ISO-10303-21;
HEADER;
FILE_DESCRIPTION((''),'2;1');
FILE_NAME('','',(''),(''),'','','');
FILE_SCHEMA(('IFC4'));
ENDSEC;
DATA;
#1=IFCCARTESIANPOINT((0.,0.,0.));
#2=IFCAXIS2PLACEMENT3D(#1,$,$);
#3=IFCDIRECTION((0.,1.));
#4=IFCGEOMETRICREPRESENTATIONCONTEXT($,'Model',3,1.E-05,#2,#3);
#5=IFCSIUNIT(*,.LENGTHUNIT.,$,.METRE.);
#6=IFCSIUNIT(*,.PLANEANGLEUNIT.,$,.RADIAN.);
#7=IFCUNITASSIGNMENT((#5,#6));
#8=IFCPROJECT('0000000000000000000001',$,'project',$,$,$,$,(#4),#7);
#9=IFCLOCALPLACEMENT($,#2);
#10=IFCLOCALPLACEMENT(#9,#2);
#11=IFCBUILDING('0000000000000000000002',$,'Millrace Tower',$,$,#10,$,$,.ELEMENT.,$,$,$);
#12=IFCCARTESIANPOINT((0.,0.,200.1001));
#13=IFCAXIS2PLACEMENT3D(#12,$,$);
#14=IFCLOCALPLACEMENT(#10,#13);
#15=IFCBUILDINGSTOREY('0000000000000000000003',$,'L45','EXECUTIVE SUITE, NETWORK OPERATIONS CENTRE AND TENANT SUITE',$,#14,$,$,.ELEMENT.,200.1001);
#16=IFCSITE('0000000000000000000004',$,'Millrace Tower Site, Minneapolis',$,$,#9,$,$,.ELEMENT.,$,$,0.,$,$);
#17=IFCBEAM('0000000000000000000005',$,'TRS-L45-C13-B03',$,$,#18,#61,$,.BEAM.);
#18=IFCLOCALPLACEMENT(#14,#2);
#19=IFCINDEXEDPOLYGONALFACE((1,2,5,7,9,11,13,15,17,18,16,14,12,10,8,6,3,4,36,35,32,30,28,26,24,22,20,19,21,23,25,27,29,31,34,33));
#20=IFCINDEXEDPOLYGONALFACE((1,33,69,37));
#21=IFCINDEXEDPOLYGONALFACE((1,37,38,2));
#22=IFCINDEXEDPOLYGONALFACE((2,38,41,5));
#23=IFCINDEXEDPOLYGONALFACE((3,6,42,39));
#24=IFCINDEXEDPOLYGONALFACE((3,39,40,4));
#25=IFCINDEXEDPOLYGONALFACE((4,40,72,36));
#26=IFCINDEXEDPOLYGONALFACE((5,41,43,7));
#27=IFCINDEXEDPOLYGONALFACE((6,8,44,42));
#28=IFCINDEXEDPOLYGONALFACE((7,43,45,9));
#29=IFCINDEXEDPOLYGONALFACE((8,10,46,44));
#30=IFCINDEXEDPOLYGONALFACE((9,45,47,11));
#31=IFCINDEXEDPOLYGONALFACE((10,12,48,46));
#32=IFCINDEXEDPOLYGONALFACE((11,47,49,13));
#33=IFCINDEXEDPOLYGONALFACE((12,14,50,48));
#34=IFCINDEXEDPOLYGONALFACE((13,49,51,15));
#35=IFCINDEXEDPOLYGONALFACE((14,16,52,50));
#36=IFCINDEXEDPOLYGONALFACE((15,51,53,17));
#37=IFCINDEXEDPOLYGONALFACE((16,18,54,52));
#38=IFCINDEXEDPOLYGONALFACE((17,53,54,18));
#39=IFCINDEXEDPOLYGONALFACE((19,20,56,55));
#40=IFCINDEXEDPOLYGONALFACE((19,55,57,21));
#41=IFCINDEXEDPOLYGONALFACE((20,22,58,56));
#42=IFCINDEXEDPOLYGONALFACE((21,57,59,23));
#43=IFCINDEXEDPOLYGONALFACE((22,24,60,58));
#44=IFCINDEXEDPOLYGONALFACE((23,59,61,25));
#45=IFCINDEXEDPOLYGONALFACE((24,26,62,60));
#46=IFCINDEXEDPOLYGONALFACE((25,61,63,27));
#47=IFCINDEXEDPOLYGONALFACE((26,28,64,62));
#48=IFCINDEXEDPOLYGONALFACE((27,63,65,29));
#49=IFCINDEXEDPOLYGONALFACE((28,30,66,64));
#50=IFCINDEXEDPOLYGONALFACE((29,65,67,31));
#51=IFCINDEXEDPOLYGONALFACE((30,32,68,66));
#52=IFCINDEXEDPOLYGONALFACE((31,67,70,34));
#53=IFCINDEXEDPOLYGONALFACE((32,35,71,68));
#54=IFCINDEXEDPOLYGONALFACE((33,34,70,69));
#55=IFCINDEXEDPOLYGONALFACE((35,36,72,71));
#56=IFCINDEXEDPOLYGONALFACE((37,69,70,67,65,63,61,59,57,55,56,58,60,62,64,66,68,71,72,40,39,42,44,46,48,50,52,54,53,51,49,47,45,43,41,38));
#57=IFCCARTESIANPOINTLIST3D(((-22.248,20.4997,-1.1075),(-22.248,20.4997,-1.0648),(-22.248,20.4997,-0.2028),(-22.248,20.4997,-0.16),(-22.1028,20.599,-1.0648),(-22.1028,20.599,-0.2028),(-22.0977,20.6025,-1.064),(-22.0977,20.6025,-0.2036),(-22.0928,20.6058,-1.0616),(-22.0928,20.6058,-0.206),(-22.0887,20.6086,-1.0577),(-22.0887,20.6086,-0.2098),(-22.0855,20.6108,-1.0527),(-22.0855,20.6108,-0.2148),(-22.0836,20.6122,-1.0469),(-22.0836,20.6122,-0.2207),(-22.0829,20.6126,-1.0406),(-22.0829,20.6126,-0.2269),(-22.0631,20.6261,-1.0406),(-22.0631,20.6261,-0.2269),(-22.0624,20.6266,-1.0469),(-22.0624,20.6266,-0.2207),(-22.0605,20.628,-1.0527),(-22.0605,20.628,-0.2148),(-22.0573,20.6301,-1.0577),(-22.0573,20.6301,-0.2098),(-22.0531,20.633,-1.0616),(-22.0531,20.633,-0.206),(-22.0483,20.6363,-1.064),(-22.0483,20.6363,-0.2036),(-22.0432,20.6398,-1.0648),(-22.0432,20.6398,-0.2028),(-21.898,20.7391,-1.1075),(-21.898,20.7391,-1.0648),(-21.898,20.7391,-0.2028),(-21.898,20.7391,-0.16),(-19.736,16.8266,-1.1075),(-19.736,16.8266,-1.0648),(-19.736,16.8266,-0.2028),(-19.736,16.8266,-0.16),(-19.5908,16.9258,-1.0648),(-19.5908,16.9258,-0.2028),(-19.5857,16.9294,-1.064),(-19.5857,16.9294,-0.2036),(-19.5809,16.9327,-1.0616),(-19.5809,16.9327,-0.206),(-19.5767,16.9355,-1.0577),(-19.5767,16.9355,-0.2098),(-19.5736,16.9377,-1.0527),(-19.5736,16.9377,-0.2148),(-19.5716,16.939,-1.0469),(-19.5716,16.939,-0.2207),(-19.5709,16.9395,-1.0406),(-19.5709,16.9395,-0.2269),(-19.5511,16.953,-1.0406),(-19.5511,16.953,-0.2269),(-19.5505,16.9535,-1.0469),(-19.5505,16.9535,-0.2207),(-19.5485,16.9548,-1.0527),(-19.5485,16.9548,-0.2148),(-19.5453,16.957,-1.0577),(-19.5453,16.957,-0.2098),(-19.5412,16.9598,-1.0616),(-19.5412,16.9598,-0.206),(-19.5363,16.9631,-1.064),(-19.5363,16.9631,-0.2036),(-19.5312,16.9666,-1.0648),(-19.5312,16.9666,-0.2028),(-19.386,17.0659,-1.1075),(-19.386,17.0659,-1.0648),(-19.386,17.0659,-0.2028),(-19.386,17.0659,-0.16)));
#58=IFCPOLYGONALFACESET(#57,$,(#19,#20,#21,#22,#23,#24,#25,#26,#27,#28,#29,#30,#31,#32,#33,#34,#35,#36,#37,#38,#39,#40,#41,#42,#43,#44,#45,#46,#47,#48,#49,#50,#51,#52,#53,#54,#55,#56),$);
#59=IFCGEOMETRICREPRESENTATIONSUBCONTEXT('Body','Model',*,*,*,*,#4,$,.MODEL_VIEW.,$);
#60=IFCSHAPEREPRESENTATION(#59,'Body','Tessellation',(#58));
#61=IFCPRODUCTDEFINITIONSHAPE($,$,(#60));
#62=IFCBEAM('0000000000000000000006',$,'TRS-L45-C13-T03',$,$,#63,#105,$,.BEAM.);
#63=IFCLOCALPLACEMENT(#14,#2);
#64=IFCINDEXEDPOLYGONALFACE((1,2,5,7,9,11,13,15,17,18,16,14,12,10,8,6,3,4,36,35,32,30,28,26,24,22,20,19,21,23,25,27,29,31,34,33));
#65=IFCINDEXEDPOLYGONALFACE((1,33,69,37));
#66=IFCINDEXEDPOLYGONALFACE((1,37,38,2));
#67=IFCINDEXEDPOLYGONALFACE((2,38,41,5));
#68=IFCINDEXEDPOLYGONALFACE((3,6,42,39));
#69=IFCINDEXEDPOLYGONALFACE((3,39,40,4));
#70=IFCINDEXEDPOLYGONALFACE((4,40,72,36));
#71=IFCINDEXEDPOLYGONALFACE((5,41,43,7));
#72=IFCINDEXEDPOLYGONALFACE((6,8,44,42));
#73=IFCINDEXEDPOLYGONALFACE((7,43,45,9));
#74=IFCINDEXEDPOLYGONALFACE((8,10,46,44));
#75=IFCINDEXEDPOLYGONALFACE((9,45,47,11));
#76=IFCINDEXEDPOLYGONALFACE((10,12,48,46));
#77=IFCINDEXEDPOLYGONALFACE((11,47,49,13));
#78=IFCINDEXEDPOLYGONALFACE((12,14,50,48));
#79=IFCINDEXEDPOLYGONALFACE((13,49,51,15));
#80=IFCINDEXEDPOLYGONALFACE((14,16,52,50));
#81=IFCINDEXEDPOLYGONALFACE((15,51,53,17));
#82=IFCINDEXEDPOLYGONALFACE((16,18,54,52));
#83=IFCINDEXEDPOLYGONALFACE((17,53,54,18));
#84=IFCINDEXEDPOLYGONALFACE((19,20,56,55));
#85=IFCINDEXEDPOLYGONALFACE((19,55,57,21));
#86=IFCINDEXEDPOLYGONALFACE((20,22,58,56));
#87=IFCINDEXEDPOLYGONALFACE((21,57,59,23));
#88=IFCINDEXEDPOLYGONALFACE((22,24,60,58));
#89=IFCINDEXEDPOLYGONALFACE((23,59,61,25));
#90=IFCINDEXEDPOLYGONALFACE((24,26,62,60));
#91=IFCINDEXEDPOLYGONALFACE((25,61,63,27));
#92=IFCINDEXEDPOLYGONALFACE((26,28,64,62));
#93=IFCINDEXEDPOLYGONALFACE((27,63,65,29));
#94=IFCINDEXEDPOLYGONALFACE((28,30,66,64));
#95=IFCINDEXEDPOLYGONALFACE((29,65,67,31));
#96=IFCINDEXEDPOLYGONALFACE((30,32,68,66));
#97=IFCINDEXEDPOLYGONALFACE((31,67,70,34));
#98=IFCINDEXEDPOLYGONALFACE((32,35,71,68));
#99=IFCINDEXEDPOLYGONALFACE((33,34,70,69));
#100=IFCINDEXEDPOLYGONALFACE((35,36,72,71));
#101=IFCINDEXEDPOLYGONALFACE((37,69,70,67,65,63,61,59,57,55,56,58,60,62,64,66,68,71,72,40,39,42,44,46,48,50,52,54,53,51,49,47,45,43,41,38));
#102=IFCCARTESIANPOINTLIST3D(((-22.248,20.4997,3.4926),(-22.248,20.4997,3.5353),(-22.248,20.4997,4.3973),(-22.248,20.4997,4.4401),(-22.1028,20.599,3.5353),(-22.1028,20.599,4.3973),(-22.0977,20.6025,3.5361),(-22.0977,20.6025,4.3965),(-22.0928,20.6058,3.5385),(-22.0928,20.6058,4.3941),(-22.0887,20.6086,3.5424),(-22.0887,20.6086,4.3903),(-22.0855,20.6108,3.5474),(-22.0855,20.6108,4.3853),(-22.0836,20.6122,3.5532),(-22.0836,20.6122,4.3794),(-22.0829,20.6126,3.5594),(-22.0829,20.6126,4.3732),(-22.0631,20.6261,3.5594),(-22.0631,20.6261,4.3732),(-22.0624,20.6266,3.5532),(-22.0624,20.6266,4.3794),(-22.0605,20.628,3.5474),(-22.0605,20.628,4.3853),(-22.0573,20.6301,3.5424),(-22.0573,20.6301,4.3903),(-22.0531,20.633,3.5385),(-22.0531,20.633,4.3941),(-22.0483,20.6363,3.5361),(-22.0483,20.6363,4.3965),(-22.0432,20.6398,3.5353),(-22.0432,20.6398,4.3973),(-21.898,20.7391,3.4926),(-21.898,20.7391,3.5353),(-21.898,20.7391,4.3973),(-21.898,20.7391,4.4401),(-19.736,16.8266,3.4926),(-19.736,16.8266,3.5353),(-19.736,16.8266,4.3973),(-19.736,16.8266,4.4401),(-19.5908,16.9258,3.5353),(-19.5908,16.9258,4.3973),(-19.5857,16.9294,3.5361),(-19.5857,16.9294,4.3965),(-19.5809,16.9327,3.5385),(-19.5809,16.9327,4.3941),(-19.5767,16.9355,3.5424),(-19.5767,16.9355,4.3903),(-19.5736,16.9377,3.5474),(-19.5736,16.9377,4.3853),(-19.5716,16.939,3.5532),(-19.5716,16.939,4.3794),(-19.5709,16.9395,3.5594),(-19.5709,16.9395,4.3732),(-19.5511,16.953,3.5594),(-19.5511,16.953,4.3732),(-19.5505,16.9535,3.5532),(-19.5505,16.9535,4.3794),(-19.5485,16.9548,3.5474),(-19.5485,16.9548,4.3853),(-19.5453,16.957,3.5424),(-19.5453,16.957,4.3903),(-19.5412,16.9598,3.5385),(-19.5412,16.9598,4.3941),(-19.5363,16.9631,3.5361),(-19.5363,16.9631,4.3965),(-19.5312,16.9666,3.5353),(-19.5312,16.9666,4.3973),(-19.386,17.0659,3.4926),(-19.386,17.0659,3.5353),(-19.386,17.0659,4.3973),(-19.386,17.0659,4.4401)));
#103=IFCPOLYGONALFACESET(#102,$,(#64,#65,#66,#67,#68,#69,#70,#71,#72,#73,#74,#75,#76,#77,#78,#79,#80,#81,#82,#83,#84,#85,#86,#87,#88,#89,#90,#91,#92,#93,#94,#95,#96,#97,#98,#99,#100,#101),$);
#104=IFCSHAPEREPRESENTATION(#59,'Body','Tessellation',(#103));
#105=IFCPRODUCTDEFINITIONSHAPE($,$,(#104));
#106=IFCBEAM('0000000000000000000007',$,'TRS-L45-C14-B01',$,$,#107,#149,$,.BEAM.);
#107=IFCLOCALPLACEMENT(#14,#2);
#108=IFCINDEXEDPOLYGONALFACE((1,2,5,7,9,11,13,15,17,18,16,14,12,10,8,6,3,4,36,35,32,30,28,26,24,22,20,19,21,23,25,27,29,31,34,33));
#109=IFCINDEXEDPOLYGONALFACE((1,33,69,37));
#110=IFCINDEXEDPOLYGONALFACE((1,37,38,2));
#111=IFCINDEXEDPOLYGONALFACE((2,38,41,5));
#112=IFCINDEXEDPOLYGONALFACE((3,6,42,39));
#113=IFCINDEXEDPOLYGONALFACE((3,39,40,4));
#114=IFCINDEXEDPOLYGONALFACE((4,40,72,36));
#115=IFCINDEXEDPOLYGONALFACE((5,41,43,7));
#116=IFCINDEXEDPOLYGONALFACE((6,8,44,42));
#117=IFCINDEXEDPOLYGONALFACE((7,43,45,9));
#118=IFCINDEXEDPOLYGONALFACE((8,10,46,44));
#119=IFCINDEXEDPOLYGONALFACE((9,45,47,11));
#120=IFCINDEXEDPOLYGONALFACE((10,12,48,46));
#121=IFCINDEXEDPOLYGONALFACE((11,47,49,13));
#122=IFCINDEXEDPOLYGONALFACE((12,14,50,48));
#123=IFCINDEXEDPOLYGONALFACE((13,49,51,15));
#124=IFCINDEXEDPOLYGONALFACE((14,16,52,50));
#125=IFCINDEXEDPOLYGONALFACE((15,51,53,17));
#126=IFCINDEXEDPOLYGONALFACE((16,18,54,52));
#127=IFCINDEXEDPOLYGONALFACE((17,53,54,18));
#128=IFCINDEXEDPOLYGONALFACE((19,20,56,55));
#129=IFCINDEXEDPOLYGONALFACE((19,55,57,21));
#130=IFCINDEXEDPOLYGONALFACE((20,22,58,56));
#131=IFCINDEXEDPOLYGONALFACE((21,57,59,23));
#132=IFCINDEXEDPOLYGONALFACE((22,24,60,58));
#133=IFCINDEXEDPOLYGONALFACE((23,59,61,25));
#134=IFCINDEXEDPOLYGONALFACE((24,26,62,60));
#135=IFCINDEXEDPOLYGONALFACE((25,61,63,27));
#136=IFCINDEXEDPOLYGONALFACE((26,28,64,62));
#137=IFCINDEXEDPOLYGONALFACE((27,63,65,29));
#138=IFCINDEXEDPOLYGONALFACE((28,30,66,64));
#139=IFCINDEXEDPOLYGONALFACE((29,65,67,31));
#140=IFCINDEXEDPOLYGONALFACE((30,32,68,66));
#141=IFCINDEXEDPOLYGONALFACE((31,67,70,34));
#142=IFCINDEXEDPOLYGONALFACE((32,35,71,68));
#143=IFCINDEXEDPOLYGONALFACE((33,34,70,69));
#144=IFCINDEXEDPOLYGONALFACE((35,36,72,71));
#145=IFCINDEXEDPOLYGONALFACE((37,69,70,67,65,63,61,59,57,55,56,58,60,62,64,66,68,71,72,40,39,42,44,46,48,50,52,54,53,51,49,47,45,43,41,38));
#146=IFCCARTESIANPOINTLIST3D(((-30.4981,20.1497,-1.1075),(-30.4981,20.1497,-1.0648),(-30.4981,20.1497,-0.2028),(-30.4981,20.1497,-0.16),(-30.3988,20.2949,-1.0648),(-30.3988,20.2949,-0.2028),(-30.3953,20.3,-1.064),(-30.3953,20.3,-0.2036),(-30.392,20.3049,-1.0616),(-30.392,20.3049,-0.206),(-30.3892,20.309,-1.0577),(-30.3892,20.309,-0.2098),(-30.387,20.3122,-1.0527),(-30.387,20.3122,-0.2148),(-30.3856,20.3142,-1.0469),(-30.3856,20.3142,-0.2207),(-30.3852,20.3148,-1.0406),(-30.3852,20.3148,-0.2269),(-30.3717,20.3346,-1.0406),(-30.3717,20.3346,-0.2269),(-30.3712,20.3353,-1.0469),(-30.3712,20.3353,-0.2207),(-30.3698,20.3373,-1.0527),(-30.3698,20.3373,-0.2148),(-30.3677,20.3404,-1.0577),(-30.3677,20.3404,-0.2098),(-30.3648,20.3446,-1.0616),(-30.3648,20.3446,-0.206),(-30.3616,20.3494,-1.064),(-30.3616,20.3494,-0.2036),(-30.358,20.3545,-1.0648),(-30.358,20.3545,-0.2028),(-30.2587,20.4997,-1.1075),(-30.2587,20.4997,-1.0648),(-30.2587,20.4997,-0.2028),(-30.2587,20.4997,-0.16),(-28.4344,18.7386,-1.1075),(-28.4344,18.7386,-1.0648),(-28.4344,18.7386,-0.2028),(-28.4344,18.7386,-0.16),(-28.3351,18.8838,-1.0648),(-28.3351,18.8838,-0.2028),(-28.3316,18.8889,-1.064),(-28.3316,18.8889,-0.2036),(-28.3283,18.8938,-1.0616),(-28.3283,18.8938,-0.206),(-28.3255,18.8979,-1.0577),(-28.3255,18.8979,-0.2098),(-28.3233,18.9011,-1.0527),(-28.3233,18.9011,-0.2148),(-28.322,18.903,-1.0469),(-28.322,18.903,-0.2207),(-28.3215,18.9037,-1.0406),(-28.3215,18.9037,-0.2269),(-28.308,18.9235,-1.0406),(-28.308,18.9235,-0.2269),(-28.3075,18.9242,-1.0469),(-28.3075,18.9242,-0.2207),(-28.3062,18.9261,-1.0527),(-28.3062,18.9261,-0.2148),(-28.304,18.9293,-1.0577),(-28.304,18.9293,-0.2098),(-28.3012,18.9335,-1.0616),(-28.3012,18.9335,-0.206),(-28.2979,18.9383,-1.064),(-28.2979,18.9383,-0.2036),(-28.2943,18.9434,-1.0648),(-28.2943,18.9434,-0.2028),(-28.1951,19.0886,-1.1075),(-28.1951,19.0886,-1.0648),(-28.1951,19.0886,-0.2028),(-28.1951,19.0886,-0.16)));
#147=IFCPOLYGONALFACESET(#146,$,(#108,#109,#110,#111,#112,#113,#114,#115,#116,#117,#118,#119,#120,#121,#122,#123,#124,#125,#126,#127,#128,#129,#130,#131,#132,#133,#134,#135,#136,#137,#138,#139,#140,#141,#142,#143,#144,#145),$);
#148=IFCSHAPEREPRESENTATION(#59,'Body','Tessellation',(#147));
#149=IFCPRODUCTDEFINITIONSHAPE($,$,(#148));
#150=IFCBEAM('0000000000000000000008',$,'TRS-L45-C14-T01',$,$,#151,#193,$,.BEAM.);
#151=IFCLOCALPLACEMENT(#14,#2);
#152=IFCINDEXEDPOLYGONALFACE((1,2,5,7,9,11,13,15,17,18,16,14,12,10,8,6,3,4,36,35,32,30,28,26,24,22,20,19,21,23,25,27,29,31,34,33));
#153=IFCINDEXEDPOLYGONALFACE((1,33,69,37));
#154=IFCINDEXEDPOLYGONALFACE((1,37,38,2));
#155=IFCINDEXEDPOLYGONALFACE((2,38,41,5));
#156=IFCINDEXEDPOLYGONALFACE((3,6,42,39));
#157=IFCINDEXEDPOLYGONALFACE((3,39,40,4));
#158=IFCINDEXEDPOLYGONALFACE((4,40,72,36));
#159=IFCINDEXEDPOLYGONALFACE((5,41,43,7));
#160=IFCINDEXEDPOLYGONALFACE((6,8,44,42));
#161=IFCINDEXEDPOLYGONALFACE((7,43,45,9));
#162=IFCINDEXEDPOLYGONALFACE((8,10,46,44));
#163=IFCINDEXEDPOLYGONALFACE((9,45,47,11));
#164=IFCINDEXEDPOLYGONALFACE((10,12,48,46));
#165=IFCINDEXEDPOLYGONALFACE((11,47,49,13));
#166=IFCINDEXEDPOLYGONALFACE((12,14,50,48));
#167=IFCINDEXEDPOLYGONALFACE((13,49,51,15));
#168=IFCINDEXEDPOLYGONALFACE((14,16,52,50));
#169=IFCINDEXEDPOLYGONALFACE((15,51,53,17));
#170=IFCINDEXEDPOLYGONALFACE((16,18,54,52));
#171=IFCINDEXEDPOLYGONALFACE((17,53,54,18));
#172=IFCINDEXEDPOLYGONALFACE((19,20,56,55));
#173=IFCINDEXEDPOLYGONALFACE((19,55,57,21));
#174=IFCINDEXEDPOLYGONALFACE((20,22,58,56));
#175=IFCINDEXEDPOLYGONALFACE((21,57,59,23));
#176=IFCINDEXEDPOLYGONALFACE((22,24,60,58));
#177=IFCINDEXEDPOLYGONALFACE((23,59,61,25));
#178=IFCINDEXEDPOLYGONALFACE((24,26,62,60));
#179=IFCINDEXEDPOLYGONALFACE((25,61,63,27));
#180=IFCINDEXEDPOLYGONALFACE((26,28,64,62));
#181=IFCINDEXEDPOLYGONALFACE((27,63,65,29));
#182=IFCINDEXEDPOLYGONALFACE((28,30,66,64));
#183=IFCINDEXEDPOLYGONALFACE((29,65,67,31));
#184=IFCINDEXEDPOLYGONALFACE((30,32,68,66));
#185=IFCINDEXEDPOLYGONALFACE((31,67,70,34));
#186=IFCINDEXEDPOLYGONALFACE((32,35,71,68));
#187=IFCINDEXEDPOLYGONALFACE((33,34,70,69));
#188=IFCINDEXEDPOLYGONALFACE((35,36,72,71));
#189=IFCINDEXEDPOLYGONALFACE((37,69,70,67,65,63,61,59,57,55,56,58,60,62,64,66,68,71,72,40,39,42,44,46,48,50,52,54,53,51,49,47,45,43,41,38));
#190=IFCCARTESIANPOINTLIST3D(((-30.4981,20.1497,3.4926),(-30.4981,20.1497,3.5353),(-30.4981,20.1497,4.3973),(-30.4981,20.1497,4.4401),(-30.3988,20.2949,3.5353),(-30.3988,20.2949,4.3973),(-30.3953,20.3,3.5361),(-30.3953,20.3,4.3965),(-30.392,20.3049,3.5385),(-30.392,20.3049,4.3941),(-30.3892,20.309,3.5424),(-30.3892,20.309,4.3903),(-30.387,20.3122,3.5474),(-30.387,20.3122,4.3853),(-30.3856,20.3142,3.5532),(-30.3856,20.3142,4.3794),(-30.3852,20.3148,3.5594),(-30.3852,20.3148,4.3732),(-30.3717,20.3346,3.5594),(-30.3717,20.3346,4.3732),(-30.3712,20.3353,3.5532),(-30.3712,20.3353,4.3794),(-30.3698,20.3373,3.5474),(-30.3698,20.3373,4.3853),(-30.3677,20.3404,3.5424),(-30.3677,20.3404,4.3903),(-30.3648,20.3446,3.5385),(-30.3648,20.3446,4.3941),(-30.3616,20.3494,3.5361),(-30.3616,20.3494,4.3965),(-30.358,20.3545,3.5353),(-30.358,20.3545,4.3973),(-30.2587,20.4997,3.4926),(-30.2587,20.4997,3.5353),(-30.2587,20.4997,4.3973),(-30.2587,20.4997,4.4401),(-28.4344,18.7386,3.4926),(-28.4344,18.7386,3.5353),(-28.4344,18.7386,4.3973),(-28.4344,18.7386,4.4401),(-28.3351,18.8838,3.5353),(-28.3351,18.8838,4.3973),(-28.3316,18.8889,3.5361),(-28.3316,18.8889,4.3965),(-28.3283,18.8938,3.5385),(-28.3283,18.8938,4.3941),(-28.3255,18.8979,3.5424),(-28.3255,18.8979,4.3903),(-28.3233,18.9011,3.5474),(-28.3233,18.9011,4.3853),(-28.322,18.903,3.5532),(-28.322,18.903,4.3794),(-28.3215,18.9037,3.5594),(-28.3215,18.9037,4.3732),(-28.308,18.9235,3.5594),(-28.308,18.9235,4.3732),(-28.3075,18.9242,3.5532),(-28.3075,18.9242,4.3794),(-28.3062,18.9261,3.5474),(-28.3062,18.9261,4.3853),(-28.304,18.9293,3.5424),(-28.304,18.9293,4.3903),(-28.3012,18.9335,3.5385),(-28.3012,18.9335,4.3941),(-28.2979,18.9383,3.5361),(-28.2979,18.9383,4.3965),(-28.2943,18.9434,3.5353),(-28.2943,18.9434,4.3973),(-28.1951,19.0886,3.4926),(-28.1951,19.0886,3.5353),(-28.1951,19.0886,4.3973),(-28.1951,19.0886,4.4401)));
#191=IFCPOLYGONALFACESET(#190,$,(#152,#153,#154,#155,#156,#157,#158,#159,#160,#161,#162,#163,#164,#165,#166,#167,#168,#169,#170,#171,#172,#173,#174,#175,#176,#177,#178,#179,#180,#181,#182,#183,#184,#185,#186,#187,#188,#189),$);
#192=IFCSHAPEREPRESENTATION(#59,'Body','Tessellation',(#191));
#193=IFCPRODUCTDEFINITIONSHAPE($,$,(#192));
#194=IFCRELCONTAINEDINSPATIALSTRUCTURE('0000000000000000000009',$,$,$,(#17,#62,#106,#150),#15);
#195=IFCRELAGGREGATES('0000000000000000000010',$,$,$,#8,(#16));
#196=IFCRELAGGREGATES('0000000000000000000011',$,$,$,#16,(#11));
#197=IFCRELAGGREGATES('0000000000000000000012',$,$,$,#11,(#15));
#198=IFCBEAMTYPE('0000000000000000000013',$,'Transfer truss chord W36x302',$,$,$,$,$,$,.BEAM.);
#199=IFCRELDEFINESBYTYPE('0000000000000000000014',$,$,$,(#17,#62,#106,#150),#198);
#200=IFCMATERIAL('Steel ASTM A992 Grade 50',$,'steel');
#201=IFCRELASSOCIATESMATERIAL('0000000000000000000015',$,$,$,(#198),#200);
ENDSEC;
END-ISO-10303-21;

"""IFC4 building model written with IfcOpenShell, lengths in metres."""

from ifc_helpers import new_model, si_unit, direction, frame, origin, origin_2d, place, context, subcontext, project, spatial, i_section, extrude, material, material_profile, profile_set, type_object, element, save


model = new_model("IFC4")

# Units and contexts
model_context = context("Model", 3, precision=1e-05, world=origin(), true_north=direction((0.0, 1.0)))
body_context = subcontext(model_context, "Body", "Model", "MODEL_VIEW")
ifc_project = project(units=[si_unit("LENGTHUNIT", "METRE"), si_unit("PLANEANGLEUNIT", "RADIAN")], contexts=[model_context])

# Site, building, storey
site_placement = place(None, origin())
site = spatial("IfcSite", under=ifc_project, at=site_placement, Name="Millrace Tower Site, Minneapolis", CompositionType="ELEMENT", RefElevation=0.0)
building_placement = place(site_placement, origin())
building = spatial("IfcBuilding", under=site, at=building_placement, Name="Millrace Tower", CompositionType="ELEMENT")
storey_placement = place(building_placement, frame((0.0, 0.0, 200.1001)))
storey = spatial("IfcBuildingStorey", under=building, at=storey_placement, Name="L45", Description="EXECUTIVE SUITE, NETWORK OPERATIONS CENTRE AND TENANT SUITE", CompositionType="ELEMENT", Elevation=200.1001)

# Beams
ifc_material_1 = material(Name="Steel ASTM A992 Grade 50", Category="steel")
ifc_material_profile_1 = material_profile(ifc_material_1, i_section(OverallWidth=0.4241, OverallDepth=0.9475, WebThickness=0.0239, FlangeThickness=0.0427, FilletRadius=0.0242, at=origin_2d()))
ifc_profile_set_1 = profile_set([ifc_material_profile_1], Name="Steel ASTM A992 Grade 50")
beam_type_1 = type_object("IfcBeamType", Name="Transfer truss chord W36x302", PredefinedType="BEAM", material=ifc_profile_set_1)
for number, where, z_axis, x_axis, name in (
    (1, (-22.073, 20.6194, -0.6338), (0.564499, -0.825434, 0.0), (0.825434, 0.564499, 0.0), "TRS-L45-C13-B03"),
    (2, (-22.073, 20.6194, 3.9663), (0.564499, -0.825434, 0.0), (0.825434, 0.564499, 0.0), "TRS-L45-C13-T03"),
):
    element("IfcBeam", number, at=place(storey_placement, frame(where, z_axis=z_axis, x_axis=x_axis)), inside=storey, type_object=beam_type_1, Name=name, PredefinedType="BEAM", context=body_context, shape_type="SweptSolid", body=[
        extrude(i_section(OverallWidth=0.4241, OverallDepth=0.9475, WebThickness=0.0239, FlangeThickness=0.0427, FilletRadius=0.0242, at=origin_2d()), origin(), (0.0, 0.0, 1.0), 4.45),
    ])
for number, where, z_axis, x_axis, name in (
    (3, (-30.3784, 20.3247, -0.6338), (0.825473, -0.564442, 0.0), (0.564442, 0.825473, 0.0), "TRS-L45-C14-B01"),
    (4, (-30.3784, 20.3247, 3.9663), (0.825473, -0.564442, 0.0), (0.564442, 0.825473, 0.0), "TRS-L45-C14-T01"),
):
    element("IfcBeam", number, at=place(storey_placement, frame(where, z_axis=z_axis, x_axis=x_axis)), inside=storey, type_object=beam_type_1, Name=name, PredefinedType="BEAM", context=body_context, shape_type="SweptSolid", body=[
        extrude(i_section(OverallWidth=0.4241, OverallDepth=0.9475, WebThickness=0.0239, FlangeThickness=0.0427, FilletRadius=0.0242, at=origin_2d()), origin(), (0.0, 0.0, 1.0), 2.5),
    ])

save(model, "model.ifc")
